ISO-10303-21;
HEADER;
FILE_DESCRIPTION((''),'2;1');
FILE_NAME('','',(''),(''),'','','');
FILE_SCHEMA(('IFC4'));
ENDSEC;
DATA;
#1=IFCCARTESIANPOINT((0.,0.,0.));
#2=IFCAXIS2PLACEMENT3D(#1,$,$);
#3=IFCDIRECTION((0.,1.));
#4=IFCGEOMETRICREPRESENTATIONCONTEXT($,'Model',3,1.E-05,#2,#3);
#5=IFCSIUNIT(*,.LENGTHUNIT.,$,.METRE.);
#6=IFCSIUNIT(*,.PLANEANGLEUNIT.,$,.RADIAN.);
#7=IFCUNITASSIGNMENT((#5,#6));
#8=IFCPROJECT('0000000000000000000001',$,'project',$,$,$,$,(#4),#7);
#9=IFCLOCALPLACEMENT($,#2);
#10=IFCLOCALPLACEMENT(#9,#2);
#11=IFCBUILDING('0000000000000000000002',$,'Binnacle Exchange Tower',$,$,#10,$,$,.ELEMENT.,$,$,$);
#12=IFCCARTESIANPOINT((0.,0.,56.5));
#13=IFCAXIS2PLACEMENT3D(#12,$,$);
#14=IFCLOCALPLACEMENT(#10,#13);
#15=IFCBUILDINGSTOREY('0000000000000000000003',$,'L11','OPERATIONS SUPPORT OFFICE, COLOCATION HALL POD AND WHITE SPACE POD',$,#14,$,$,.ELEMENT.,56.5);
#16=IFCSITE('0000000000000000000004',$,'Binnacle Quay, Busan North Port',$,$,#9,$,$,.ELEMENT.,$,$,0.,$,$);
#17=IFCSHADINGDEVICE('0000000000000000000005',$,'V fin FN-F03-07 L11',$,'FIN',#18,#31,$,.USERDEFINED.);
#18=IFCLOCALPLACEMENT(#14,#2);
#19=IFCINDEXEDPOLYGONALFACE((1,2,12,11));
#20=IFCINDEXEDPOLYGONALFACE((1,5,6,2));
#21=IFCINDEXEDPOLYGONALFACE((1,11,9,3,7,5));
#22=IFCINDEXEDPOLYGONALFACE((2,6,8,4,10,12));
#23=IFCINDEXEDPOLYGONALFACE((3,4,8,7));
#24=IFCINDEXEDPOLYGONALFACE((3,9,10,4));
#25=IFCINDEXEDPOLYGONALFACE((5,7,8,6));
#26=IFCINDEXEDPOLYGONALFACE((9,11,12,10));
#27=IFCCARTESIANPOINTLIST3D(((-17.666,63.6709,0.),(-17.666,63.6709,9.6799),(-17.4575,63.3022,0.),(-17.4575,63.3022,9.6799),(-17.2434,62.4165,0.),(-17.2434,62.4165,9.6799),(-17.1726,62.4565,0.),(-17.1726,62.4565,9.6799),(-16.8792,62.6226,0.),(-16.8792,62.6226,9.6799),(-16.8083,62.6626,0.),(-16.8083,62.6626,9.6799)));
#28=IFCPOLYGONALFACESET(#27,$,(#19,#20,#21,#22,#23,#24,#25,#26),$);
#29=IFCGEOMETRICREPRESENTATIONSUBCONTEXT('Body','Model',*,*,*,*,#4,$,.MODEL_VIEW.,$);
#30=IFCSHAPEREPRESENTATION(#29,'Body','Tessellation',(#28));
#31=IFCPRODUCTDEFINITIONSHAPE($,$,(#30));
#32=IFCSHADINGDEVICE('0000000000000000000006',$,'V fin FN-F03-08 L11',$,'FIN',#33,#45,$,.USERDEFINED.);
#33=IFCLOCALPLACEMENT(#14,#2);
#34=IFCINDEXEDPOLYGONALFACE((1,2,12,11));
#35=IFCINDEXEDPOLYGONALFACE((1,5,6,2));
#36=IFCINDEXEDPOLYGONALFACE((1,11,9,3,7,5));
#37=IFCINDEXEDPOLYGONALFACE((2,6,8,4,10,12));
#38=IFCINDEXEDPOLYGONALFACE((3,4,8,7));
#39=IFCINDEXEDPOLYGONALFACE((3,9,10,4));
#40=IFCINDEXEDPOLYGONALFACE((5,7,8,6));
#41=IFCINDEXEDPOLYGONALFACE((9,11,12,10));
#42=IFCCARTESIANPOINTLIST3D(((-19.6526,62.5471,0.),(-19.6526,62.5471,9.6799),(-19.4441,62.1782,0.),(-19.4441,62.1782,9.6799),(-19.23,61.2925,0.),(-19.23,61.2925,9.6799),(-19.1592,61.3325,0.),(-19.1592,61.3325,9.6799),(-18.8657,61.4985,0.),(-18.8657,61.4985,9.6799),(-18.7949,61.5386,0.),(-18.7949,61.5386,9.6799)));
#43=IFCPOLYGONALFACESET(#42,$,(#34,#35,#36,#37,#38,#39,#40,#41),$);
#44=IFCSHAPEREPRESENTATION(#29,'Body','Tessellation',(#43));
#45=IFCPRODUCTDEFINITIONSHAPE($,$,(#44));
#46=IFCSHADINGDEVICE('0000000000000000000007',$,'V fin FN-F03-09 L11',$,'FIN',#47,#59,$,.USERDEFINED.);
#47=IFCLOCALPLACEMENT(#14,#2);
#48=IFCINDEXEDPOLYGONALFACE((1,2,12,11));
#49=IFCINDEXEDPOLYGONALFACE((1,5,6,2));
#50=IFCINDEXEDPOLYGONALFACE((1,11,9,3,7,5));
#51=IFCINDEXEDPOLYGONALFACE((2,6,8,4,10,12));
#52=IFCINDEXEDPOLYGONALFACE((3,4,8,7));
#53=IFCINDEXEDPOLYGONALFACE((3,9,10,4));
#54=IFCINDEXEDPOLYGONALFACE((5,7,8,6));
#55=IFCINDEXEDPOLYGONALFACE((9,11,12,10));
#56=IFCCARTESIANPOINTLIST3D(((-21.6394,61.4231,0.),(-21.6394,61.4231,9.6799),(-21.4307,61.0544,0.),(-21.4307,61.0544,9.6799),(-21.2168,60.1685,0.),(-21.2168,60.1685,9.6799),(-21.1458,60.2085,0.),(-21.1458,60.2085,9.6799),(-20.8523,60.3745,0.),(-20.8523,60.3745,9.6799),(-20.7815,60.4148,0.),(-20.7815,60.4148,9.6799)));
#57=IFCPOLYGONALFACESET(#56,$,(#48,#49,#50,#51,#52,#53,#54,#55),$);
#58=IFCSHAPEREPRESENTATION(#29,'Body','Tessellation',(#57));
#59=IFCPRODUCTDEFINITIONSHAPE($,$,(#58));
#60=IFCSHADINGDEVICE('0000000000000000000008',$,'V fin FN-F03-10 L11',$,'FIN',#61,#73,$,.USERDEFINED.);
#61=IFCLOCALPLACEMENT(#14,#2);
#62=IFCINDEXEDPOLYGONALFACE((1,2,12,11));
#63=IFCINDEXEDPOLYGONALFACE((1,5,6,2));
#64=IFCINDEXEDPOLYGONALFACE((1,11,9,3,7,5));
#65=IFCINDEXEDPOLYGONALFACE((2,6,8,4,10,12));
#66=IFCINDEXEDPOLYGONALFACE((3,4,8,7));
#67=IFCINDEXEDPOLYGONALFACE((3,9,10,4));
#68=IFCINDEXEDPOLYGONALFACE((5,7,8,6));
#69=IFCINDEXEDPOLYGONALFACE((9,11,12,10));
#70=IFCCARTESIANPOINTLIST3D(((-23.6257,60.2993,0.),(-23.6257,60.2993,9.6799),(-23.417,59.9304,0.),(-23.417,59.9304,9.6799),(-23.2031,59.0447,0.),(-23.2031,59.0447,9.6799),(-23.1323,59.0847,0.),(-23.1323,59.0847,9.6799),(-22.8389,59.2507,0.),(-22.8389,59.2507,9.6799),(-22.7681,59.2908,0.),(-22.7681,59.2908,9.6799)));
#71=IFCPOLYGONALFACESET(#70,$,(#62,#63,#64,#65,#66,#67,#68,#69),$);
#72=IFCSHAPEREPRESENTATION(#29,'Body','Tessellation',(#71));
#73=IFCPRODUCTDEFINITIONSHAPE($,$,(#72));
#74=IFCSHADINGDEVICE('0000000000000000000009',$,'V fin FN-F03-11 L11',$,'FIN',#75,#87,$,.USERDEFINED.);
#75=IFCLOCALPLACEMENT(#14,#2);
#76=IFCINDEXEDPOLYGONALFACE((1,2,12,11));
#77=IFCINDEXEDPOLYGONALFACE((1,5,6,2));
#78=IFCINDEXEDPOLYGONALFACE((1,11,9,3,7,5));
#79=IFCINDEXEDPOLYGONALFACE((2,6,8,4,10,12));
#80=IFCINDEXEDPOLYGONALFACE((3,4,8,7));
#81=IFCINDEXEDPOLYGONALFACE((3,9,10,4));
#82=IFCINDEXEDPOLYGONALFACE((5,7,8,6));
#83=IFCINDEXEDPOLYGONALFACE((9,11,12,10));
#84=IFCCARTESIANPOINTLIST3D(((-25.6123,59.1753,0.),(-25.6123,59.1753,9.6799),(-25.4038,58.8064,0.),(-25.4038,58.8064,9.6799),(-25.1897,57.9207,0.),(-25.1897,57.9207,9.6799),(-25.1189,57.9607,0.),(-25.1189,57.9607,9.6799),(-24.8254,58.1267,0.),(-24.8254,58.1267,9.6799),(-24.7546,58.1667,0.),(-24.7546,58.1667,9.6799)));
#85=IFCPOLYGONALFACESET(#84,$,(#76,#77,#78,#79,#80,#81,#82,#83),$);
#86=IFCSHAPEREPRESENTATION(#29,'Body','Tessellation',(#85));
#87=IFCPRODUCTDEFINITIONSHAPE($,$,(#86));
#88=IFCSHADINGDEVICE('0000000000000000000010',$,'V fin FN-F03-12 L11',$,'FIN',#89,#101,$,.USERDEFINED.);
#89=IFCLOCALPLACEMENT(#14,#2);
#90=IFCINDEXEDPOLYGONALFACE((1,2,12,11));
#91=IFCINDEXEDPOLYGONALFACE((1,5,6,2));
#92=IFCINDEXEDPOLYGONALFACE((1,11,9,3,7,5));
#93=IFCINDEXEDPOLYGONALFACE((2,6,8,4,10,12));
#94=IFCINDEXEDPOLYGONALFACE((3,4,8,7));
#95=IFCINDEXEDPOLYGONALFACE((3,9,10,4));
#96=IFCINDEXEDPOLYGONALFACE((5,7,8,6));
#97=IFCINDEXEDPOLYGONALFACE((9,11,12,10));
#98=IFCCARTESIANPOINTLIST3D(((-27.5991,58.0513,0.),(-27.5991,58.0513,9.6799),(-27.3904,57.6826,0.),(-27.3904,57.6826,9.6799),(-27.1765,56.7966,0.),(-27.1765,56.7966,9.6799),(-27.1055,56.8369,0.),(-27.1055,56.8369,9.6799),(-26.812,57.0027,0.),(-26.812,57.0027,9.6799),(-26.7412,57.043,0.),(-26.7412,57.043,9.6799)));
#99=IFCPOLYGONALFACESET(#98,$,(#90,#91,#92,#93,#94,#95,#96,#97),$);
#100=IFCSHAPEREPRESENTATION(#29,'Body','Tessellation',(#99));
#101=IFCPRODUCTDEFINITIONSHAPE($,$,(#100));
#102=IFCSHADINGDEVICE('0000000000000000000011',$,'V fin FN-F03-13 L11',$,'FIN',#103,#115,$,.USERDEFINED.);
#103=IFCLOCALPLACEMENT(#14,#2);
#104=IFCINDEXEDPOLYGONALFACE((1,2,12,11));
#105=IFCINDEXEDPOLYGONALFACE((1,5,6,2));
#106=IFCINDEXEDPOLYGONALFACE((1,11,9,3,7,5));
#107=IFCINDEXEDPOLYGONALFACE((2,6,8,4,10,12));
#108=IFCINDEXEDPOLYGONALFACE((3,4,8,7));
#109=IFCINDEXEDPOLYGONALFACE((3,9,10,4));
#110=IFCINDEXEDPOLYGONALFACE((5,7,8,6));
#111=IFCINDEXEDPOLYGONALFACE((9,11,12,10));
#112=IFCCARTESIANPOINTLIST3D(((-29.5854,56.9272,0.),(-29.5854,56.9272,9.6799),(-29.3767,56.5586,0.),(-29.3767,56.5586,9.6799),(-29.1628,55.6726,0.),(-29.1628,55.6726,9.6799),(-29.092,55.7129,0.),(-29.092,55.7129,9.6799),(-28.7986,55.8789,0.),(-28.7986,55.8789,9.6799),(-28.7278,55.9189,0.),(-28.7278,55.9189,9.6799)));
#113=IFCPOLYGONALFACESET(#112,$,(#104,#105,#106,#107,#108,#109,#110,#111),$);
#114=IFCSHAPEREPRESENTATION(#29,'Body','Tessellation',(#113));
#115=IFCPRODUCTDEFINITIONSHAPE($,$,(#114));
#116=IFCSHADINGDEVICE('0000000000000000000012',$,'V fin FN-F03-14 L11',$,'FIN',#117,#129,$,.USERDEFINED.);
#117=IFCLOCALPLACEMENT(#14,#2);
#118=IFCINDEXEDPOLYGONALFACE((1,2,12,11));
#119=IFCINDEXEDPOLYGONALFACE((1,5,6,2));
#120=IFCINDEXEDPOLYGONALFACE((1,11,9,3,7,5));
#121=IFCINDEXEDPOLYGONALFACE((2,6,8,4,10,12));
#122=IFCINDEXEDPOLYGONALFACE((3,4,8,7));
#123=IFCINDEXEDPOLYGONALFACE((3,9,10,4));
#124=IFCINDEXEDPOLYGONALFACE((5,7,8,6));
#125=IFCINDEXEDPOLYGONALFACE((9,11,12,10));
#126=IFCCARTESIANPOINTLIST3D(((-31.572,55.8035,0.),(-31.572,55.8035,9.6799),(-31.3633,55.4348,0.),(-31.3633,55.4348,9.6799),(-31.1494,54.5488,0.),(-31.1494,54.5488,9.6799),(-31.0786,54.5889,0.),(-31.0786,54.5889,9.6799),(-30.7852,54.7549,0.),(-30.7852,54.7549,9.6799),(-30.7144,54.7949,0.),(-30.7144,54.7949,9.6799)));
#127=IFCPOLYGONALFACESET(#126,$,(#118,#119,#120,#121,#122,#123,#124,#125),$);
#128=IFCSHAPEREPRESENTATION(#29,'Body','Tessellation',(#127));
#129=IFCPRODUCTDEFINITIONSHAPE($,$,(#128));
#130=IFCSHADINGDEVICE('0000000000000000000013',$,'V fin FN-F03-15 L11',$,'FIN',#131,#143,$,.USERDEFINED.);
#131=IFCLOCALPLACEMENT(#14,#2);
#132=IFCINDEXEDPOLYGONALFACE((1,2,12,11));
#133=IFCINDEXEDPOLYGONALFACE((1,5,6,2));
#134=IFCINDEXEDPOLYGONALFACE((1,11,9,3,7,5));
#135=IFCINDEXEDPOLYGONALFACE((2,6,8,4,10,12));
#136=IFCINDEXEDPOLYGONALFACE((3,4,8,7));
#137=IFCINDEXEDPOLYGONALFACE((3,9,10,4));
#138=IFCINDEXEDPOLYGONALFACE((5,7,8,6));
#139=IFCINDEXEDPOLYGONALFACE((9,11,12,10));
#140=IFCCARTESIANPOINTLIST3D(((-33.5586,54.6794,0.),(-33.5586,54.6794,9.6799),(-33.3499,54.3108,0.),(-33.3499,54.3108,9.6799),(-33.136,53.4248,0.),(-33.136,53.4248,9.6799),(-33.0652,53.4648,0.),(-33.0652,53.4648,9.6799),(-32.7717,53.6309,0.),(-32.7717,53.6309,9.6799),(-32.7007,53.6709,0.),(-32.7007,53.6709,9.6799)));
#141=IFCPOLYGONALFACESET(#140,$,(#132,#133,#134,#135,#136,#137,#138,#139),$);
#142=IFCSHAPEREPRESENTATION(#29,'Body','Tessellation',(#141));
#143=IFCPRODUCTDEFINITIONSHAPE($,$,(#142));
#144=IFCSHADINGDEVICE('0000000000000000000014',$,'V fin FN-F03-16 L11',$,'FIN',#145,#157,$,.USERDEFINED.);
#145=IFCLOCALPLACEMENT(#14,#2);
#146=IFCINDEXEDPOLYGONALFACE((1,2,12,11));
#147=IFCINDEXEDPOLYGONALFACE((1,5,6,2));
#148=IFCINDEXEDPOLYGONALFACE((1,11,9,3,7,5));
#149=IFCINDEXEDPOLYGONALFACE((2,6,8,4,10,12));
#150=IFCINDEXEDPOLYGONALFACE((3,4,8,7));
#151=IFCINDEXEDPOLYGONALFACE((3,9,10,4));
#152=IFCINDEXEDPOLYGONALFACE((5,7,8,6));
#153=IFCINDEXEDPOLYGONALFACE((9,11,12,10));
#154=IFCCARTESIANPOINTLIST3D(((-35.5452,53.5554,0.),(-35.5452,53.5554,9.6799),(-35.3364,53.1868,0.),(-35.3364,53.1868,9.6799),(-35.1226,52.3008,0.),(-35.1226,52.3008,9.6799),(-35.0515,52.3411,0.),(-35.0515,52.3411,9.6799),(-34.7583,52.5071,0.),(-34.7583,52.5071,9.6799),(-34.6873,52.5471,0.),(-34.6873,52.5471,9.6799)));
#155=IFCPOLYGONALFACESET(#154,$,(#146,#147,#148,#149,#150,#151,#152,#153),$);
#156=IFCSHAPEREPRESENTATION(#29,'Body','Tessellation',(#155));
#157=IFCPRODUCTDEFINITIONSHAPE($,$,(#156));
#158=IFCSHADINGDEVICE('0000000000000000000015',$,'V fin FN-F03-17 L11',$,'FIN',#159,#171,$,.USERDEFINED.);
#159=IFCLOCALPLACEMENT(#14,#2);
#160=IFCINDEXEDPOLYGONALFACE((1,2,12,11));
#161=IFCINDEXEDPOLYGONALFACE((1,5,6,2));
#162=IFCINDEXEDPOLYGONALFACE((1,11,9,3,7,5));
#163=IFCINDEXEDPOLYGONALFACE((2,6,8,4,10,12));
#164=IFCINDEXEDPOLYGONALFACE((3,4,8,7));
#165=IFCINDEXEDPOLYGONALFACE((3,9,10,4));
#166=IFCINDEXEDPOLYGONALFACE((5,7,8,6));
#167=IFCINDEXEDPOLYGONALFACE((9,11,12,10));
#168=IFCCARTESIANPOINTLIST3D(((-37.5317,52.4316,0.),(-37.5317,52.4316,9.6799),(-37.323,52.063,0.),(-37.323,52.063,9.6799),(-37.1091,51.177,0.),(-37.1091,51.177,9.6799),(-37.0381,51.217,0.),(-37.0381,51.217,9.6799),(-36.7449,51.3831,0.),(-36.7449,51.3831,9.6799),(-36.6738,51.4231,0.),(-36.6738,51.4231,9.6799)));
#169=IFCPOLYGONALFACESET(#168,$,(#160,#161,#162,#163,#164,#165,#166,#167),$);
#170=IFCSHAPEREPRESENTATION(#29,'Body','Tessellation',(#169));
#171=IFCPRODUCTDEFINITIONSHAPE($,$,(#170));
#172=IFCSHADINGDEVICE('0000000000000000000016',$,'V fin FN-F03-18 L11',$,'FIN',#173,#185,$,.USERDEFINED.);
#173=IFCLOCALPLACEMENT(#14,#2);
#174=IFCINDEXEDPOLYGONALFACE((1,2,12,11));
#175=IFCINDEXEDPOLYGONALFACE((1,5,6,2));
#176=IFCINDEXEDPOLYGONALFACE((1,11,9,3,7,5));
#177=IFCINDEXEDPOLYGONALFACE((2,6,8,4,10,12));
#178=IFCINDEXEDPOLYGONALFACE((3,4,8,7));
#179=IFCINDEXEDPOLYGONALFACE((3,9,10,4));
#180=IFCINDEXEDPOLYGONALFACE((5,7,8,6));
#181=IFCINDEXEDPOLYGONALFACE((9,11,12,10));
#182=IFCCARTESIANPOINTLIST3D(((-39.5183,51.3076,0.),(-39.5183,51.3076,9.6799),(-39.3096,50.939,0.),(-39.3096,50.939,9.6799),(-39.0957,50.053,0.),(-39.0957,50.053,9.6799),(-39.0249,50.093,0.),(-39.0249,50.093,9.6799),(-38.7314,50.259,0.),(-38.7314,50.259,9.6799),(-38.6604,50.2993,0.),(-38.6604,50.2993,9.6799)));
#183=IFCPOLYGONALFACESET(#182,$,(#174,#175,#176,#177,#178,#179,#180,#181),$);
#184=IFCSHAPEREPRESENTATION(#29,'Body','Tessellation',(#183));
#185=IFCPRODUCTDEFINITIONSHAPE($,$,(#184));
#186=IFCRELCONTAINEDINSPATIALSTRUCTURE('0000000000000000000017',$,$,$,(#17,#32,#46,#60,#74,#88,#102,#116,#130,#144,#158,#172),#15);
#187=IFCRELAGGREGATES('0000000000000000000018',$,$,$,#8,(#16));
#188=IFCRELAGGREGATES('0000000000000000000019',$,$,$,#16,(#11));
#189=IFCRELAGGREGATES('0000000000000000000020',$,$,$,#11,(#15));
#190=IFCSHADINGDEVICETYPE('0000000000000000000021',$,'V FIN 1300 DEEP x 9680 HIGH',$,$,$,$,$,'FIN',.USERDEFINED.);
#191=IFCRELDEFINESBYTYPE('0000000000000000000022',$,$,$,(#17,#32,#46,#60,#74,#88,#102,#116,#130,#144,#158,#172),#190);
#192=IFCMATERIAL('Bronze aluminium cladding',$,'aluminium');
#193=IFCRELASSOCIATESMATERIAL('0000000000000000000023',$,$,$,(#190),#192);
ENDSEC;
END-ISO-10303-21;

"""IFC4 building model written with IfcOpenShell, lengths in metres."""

from ifc_helpers import new_model, si_unit, direction, frame, origin, place, context, subcontext, project, spatial, polyline, outline, extrude, material, type_object, element, save


model = new_model("IFC4")

# Units and contexts
model_context = context("Model", 3, precision=1e-05, world=origin(), true_north=direction((0.0, 1.0)))
body_context = subcontext(model_context, "Body", "Model", "MODEL_VIEW")
ifc_project = project(units=[si_unit("LENGTHUNIT", "METRE"), si_unit("PLANEANGLEUNIT", "RADIAN")], contexts=[model_context])

# Site, building, storey
site_placement = place(None, origin())
site = spatial("IfcSite", under=ifc_project, at=site_placement, Name="Binnacle Quay, Busan North Port", CompositionType="ELEMENT", RefElevation=0.0)
building_placement = place(site_placement, origin())
building = spatial("IfcBuilding", under=site, at=building_placement, Name="Binnacle Exchange Tower", CompositionType="ELEMENT")
storey_placement = place(building_placement, frame((0.0, 0.0, 56.5)))
storey = spatial("IfcBuildingStorey", under=building, at=storey_placement, Name="L11", Description="OPERATIONS SUPPORT OFFICE, COLOCATION HALL POD AND WHITE SPACE POD", CompositionType="ELEMENT", Elevation=56.5)

# Shading devices
ifc_material = material(Name="Bronze aluminium cladding", Category="aluminium")
shading_device_type = type_object("IfcShadingDeviceType", Name="V FIN 1300 DEEP x 9680 HIGH", ElementType="FIN", PredefinedType="USERDEFINED", material=ifc_material)
shading_device_1_placement = place(storey_placement, origin())
element("IfcShadingDevice", 1, at=shading_device_1_placement, inside=storey, type_object=shading_device_type, Name="V fin FN-F03-07 L11", ObjectType="FIN", PredefinedType="USERDEFINED", context=body_context, shape_type="SweptSolid", body=[
    extrude(outline(polyline([(-16.8083, 62.6626), (-17.666, 63.6709), (-17.2434, 62.4165), (-17.1726, 62.4565), (-17.4575, 63.3022), (-16.8792, 62.6226), (-16.8083, 62.6626)])), origin(), (0.0, 0.0, 1.0), 9.6799),
])
shading_device_2_placement = place(storey_placement, origin())
element("IfcShadingDevice", 2, at=shading_device_2_placement, inside=storey, type_object=shading_device_type, Name="V fin FN-F03-08 L11", ObjectType="FIN", PredefinedType="USERDEFINED", context=body_context, shape_type="SweptSolid", body=[
    extrude(outline(polyline([(-18.7949, 61.5386), (-19.6526, 62.5471), (-19.23, 61.2925), (-19.1592, 61.3325), (-19.4441, 62.1782), (-18.8657, 61.4985), (-18.7949, 61.5386)])), origin(), (0.0, 0.0, 1.0), 9.6799),
])
shading_device_3_placement = place(storey_placement, origin())
element("IfcShadingDevice", 3, at=shading_device_3_placement, inside=storey, type_object=shading_device_type, Name="V fin FN-F03-09 L11", ObjectType="FIN", PredefinedType="USERDEFINED", context=body_context, shape_type="SweptSolid", body=[
    extrude(outline(polyline([(-20.7815, 60.4148), (-21.6394, 61.4231), (-21.2168, 60.1685), (-21.1458, 60.2085), (-21.4307, 61.0544), (-20.8523, 60.3745), (-20.7815, 60.4148)])), origin(), (0.0, 0.0, 1.0), 9.6799),
])
shading_device_4_placement = place(storey_placement, origin())
element("IfcShadingDevice", 4, at=shading_device_4_placement, inside=storey, type_object=shading_device_type, Name="V fin FN-F03-10 L11", ObjectType="FIN", PredefinedType="USERDEFINED", context=body_context, shape_type="SweptSolid", body=[
    extrude(outline(polyline([(-22.7681, 59.2908), (-23.6257, 60.2993), (-23.2031, 59.0447), (-23.1323, 59.0847), (-23.417, 59.9304), (-22.8389, 59.2507), (-22.7681, 59.2908)])), origin(), (0.0, 0.0, 1.0), 9.6799),
])
shading_device_5_placement = place(storey_placement, origin())
element("IfcShadingDevice", 5, at=shading_device_5_placement, inside=storey, type_object=shading_device_type, Name="V fin FN-F03-11 L11", ObjectType="FIN", PredefinedType="USERDEFINED", context=body_context, shape_type="SweptSolid", body=[
    extrude(outline(polyline([(-24.7546, 58.1667), (-25.6123, 59.1753), (-25.1897, 57.9207), (-25.1189, 57.9607), (-25.4038, 58.8064), (-24.8254, 58.1267), (-24.7546, 58.1667)])), origin(), (0.0, 0.0, 1.0), 9.6799),
])
shading_device_6_placement = place(storey_placement, origin())
element("IfcShadingDevice", 6, at=shading_device_6_placement, inside=storey, type_object=shading_device_type, Name="V fin FN-F03-12 L11", ObjectType="FIN", PredefinedType="USERDEFINED", context=body_context, shape_type="SweptSolid", body=[
    extrude(outline(polyline([(-26.7412, 57.043), (-27.5991, 58.0513), (-27.1765, 56.7966), (-27.1055, 56.8369), (-27.3904, 57.6826), (-26.812, 57.0027), (-26.7412, 57.043)])), origin(), (0.0, 0.0, 1.0), 9.6799),
])
shading_device_7_placement = place(storey_placement, origin())
element("IfcShadingDevice", 7, at=shading_device_7_placement, inside=storey, type_object=shading_device_type, Name="V fin FN-F03-13 L11", ObjectType="FIN", PredefinedType="USERDEFINED", context=body_context, shape_type="SweptSolid", body=[
    extrude(outline(polyline([(-28.7278, 55.9189), (-29.5854, 56.9272), (-29.1628, 55.6726), (-29.092, 55.7129), (-29.3767, 56.5586), (-28.7986, 55.8789), (-28.7278, 55.9189)])), origin(), (0.0, 0.0, 1.0), 9.6799),
])
shading_device_8_placement = place(storey_placement, origin())
element("IfcShadingDevice", 8, at=shading_device_8_placement, inside=storey, type_object=shading_device_type, Name="V fin FN-F03-14 L11", ObjectType="FIN", PredefinedType="USERDEFINED", context=body_context, shape_type="SweptSolid", body=[
    extrude(outline(polyline([(-30.7144, 54.7949), (-31.572, 55.8035), (-31.1494, 54.5488), (-31.0786, 54.5889), (-31.3633, 55.4348), (-30.7852, 54.7549), (-30.7144, 54.7949)])), origin(), (0.0, 0.0, 1.0), 9.6799),
])
shading_device_9_placement = place(storey_placement, origin())
element("IfcShadingDevice", 9, at=shading_device_9_placement, inside=storey, type_object=shading_device_type, Name="V fin FN-F03-15 L11", ObjectType="FIN", PredefinedType="USERDEFINED", context=body_context, shape_type="SweptSolid", body=[
    extrude(outline(polyline([(-32.7007, 53.6709), (-33.5586, 54.6794), (-33.136, 53.4248), (-33.0652, 53.4648), (-33.3499, 54.3108), (-32.7717, 53.6309), (-32.7007, 53.6709)])), origin(), (0.0, 0.0, 1.0), 9.6799),
])
shading_device_10_placement = place(storey_placement, origin())
element("IfcShadingDevice", 10, at=shading_device_10_placement, inside=storey, type_object=shading_device_type, Name="V fin FN-F03-16 L11", ObjectType="FIN", PredefinedType="USERDEFINED", context=body_context, shape_type="SweptSolid", body=[
    extrude(outline(polyline([(-34.6873, 52.5471), (-35.5452, 53.5554), (-35.1226, 52.3008), (-35.0515, 52.3411), (-35.3364, 53.1868), (-34.7583, 52.5071), (-34.6873, 52.5471)])), origin(), (0.0, 0.0, 1.0), 9.6799),
])
shading_device_11_placement = place(storey_placement, origin())
element("IfcShadingDevice", 11, at=shading_device_11_placement, inside=storey, type_object=shading_device_type, Name="V fin FN-F03-17 L11", ObjectType="FIN", PredefinedType="USERDEFINED", context=body_context, shape_type="SweptSolid", body=[
    extrude(outline(polyline([(-36.6738, 51.4231), (-37.5317, 52.4316), (-37.1091, 51.177), (-37.0381, 51.217), (-37.323, 52.063), (-36.7449, 51.3831), (-36.6738, 51.4231)])), origin(), (0.0, 0.0, 1.0), 9.6799),
])
shading_device_12_placement = place(storey_placement, origin())
element("IfcShadingDevice", 12, at=shading_device_12_placement, inside=storey, type_object=shading_device_type, Name="V fin FN-F03-18 L11", ObjectType="FIN", PredefinedType="USERDEFINED", context=body_context, shape_type="SweptSolid", body=[
    extrude(outline(polyline([(-38.6604, 50.2993), (-39.5183, 51.3076), (-39.0957, 50.053), (-39.0249, 50.093), (-39.3096, 50.939), (-38.7314, 50.259), (-38.6604, 50.2993)])), origin(), (0.0, 0.0, 1.0), 9.6799),
])

save(model, "model.ifc")
